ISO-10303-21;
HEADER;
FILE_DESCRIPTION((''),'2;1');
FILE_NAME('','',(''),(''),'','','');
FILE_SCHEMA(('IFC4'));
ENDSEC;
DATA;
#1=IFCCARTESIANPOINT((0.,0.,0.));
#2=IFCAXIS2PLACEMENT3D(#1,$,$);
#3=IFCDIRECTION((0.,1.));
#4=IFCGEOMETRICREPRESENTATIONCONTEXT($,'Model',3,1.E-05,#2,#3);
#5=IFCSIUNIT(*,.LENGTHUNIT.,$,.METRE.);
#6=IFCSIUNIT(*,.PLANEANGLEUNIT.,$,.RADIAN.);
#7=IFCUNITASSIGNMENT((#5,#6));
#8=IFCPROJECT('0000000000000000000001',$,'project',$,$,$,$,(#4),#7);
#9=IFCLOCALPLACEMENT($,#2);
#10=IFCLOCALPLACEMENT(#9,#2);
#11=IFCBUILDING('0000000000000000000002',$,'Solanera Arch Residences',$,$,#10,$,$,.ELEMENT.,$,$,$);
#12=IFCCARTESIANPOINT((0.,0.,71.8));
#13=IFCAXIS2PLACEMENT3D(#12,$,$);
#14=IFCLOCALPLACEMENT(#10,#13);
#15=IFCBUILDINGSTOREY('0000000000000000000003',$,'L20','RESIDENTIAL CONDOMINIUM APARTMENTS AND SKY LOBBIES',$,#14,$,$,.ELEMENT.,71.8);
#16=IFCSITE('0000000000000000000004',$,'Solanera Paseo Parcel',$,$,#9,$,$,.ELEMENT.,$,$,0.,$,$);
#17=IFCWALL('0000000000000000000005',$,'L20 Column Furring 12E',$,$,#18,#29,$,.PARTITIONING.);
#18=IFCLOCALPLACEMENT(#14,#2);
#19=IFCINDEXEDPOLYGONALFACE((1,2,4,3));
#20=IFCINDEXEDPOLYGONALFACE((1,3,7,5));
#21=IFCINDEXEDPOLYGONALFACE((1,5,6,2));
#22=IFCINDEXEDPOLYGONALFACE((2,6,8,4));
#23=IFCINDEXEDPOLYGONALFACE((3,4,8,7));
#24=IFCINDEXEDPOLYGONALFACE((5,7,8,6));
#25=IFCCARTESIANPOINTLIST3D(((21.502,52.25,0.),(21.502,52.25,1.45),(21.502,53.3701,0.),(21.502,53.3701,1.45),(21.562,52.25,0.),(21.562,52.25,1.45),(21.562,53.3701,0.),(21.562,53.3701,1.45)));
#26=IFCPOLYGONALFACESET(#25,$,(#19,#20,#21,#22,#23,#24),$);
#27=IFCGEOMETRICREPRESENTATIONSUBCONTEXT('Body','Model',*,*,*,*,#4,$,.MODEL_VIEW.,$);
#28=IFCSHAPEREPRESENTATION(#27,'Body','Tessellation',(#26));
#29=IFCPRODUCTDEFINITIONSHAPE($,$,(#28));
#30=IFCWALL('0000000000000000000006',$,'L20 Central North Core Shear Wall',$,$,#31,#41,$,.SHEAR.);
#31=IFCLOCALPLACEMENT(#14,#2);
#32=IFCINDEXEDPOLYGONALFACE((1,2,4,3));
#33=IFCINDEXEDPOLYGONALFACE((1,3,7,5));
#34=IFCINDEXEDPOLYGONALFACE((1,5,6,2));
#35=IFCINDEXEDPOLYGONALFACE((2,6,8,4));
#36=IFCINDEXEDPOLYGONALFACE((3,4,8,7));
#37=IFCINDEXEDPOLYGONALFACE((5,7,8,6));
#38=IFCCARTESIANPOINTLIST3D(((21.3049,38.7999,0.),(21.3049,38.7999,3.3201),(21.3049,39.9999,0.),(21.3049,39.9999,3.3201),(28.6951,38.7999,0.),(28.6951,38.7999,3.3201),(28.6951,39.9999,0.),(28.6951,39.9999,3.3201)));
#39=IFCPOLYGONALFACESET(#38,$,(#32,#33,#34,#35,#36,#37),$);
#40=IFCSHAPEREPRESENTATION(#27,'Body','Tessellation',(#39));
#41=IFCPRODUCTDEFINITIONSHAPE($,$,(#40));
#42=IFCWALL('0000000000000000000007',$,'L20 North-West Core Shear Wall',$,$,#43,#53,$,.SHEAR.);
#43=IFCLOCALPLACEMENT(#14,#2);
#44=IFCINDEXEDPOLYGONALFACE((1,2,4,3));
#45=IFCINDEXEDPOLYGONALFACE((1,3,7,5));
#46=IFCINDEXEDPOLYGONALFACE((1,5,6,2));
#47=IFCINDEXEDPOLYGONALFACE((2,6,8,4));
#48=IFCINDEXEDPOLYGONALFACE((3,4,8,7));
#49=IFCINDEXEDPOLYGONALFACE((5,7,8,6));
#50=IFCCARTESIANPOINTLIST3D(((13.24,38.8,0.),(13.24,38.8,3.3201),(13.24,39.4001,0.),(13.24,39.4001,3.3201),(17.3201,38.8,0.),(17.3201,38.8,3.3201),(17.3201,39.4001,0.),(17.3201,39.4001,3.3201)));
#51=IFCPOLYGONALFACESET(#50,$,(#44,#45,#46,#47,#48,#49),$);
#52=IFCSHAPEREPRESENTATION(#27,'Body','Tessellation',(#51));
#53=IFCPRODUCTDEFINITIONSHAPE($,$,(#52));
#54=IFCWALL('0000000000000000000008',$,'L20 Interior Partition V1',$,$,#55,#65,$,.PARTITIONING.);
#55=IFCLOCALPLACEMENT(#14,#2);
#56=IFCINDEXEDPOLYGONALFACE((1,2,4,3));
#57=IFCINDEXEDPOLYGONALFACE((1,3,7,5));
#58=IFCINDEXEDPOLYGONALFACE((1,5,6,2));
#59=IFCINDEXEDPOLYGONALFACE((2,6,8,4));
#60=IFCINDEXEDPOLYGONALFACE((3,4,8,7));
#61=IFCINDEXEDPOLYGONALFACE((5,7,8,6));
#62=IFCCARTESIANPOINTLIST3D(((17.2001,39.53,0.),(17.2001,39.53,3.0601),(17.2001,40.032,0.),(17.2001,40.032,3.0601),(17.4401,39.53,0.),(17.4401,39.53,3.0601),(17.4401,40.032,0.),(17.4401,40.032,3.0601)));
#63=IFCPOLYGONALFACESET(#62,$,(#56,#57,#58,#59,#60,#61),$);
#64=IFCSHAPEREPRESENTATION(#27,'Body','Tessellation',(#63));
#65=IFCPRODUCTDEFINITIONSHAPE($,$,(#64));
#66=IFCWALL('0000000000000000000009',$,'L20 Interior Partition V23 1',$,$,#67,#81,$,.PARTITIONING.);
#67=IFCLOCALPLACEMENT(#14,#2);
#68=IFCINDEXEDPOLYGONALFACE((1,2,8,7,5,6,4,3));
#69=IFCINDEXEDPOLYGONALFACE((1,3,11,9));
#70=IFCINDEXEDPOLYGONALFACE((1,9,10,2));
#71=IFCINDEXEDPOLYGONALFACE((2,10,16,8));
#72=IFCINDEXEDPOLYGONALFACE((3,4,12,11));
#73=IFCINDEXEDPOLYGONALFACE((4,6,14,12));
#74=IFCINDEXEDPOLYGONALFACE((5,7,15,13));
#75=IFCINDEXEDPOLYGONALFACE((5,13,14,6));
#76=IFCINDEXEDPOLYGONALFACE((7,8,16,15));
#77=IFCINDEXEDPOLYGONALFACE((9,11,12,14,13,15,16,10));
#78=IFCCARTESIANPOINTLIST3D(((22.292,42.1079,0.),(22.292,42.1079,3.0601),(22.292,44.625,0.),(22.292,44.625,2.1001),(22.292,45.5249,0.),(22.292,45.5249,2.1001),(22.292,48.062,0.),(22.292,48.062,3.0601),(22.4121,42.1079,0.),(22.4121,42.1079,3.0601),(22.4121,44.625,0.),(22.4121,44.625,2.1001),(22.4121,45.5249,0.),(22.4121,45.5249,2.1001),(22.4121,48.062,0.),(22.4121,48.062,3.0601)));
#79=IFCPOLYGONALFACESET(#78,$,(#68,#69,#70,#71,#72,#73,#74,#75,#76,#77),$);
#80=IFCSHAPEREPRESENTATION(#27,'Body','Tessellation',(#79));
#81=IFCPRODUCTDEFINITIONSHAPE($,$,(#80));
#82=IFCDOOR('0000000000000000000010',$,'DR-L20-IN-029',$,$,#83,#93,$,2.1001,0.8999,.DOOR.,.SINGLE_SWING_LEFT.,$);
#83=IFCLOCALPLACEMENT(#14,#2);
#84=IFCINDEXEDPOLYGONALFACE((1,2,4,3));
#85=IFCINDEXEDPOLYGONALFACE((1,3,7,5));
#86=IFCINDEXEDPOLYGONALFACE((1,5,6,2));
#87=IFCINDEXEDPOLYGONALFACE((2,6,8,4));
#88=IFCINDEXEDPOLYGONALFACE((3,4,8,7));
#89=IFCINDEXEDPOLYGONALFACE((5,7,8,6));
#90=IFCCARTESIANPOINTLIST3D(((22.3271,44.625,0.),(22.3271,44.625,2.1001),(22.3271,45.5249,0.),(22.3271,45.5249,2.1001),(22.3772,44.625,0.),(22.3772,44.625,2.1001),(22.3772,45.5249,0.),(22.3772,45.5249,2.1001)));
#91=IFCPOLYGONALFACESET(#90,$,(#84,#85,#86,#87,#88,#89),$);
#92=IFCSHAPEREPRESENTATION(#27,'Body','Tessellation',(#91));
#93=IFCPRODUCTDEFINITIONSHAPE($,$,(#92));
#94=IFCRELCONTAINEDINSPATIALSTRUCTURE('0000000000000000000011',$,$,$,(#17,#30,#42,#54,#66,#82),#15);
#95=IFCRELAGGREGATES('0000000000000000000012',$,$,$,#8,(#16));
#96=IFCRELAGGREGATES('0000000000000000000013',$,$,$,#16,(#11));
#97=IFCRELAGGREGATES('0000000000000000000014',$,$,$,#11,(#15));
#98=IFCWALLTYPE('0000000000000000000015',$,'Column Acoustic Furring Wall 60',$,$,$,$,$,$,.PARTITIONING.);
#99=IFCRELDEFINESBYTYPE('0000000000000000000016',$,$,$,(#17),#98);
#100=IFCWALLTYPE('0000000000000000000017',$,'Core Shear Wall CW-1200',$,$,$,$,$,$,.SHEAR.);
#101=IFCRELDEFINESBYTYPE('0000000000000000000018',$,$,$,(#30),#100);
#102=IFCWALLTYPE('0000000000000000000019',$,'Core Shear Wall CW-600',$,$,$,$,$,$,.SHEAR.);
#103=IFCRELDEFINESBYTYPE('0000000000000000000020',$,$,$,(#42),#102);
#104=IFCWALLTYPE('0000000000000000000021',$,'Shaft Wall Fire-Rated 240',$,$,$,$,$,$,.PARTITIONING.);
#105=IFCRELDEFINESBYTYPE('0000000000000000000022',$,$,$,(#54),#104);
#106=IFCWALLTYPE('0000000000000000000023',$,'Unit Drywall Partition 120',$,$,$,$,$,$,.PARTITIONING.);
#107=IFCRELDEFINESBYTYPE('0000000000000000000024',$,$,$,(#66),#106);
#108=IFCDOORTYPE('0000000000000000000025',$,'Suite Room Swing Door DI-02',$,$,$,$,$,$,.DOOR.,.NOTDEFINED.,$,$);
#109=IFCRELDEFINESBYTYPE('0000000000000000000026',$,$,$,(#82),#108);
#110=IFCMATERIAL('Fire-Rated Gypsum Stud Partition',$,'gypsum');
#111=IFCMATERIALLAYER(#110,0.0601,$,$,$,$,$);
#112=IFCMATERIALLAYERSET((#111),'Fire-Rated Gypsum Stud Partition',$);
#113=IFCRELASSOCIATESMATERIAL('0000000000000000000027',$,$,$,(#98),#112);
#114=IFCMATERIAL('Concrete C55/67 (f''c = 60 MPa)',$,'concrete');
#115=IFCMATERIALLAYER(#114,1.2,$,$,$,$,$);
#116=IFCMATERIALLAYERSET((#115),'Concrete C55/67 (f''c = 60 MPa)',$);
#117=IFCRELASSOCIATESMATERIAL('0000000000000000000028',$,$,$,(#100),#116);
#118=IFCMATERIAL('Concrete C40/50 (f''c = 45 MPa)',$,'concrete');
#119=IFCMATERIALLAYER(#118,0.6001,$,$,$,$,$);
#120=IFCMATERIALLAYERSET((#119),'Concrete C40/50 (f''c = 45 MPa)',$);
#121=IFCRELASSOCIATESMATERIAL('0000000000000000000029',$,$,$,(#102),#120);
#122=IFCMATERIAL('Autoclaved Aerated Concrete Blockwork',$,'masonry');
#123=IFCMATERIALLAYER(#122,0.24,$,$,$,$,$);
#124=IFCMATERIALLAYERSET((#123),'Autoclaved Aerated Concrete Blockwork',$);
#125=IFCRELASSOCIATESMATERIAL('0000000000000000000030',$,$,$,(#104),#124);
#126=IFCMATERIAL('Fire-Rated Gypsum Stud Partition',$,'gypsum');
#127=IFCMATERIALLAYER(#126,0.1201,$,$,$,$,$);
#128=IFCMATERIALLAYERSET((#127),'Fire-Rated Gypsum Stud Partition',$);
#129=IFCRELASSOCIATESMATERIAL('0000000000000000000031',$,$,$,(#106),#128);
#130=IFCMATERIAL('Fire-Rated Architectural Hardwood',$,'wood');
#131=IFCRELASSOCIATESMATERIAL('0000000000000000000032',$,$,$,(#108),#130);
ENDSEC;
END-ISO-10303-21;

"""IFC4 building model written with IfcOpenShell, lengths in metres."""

from ifc_helpers import new_model, si_unit, direction, frame, frame_2d, origin, place, context, subcontext, project, spatial, rectangle, extrude, material, layer, layer_set, type_object, element, fill, save


model = new_model("IFC4")

# Units and contexts
model_context = context("Model", 3, precision=1e-05, world=origin(), true_north=direction((0.0, 1.0)))
body_context = subcontext(model_context, "Body", "Model", "MODEL_VIEW")
ifc_project = project(units=[si_unit("LENGTHUNIT", "METRE"), si_unit("PLANEANGLEUNIT", "RADIAN")], contexts=[model_context])

# Site, building, storey
site_placement = place(None, origin())
site = spatial("IfcSite", under=ifc_project, at=site_placement, Name="Solanera Paseo Parcel", CompositionType="ELEMENT", RefElevation=0.0)
building_placement = place(site_placement, origin())
building = spatial("IfcBuilding", under=site, at=building_placement, Name="Solanera Arch Residences", CompositionType="ELEMENT")
storey_placement = place(building_placement, frame((0.0, 0.0, 71.8)))
storey = spatial("IfcBuildingStorey", under=building, at=storey_placement, Name="L20", Description="RESIDENTIAL CONDOMINIUM APARTMENTS AND SKY LOBBIES", CompositionType="ELEMENT", Elevation=71.8)

# Walls
ifc_material_1 = material(Name="Fire-Rated Gypsum Stud Partition", Category="gypsum")
ifc_layer_1 = layer(ifc_material_1, 0.0601)
ifc_layer_set_1 = layer_set([ifc_layer_1], Name="Fire-Rated Gypsum Stud Partition")
wall_type_1 = type_object("IfcWallType", Name="Column Acoustic Furring Wall 60", PredefinedType="PARTITIONING", material=ifc_layer_set_1)
for number, where, z_axis, x_axis, name in (
    (1, (21.532, 52.25, 0.0), (0.0, 0.0, 1.0), (0.0, 1.0, 0.0), "L20 Column Furring 12E"),
):
    element("IfcWall", number, at=place(storey_placement, frame(where, z_axis=z_axis, x_axis=x_axis)), inside=storey, type_object=wall_type_1, Name=name, PredefinedType="PARTITIONING", context=body_context, shape_type="SweptSolid", body=[
        extrude(rectangle(XDim=1.1201, YDim=0.0601, at=frame_2d((0.5601, 0.0))), origin(), (0.0, 0.0, 1.0), 1.45),
    ])
ifc_material_2 = material(Name="Concrete C55/67 (f'c = 60 MPa)", Category="concrete")
ifc_layer_2 = layer(ifc_material_2, 1.2)
ifc_layer_set_2 = layer_set([ifc_layer_2], Name="Concrete C55/67 (f'c = 60 MPa)")
wall_type_2 = type_object("IfcWallType", Name="Core Shear Wall CW-1200", PredefinedType="SHEAR", material=ifc_layer_set_2)
wall_1_placement = place(storey_placement, frame((21.3049, 39.3999, 0.0), z_axis=(0.0, 0.0, 1.0), x_axis=(1.0, 0.0, 0.0)))
element("IfcWall", 2, at=wall_1_placement, inside=storey, type_object=wall_type_2, Name="L20 Central North Core Shear Wall", PredefinedType="SHEAR", context=body_context, shape_type="SweptSolid", body=[
    extrude(rectangle(XDim=7.3901, YDim=1.2, at=frame_2d((3.6951, 0.0))), origin(), (0.0, 0.0, 1.0), 3.3201),
])
ifc_material_3 = material(Name="Concrete C40/50 (f'c = 45 MPa)", Category="concrete")
ifc_layer_3 = layer(ifc_material_3, 0.6001)
ifc_layer_set_3 = layer_set([ifc_layer_3], Name="Concrete C40/50 (f'c = 45 MPa)")
wall_type_3 = type_object("IfcWallType", Name="Core Shear Wall CW-600", PredefinedType="SHEAR", material=ifc_layer_set_3)
wall_2_placement = place(storey_placement, frame((13.24, 39.1001, 0.0), z_axis=(0.0, 0.0, 1.0), x_axis=(1.0, 0.0, 0.0)))
element("IfcWall", 3, at=wall_2_placement, inside=storey, type_object=wall_type_3, Name="L20 North-West Core Shear Wall", PredefinedType="SHEAR", context=body_context, shape_type="SweptSolid", body=[
    extrude(rectangle(XDim=4.0801, YDim=0.6001, at=frame_2d((2.04, 0.0))), origin(), (0.0, 0.0, 1.0), 3.3201),
])
ifc_material_4 = material(Name="Autoclaved Aerated Concrete Blockwork", Category="masonry")
ifc_layer_4 = layer(ifc_material_4, 0.24)
ifc_layer_set_4 = layer_set([ifc_layer_4], Name="Autoclaved Aerated Concrete Blockwork")
wall_type_4 = type_object("IfcWallType", Name="Shaft Wall Fire-Rated 240", PredefinedType="PARTITIONING", material=ifc_layer_set_4)
wall_3_placement = place(storey_placement, frame((17.3201, 39.53, 0.0), z_axis=(0.0, 0.0, 1.0), x_axis=(0.0, 1.0, 0.0)))
element("IfcWall", 4, at=wall_3_placement, inside=storey, type_object=wall_type_4, Name="L20 Interior Partition V1", PredefinedType="PARTITIONING", context=body_context, shape_type="SweptSolid", body=[
    extrude(rectangle(XDim=0.502, YDim=0.24, at=frame_2d((0.251, 0.0))), origin(), (0.0, 0.0, 1.0), 3.0601),
])

# Wall, opening, door
ifc_material_5 = material(Name="Fire-Rated Gypsum Stud Partition", Category="gypsum")
ifc_layer_5 = layer(ifc_material_5, 0.1201)
ifc_layer_set_5 = layer_set([ifc_layer_5], Name="Fire-Rated Gypsum Stud Partition")
wall_type_5 = type_object("IfcWallType", Name="Unit Drywall Partition 120", PredefinedType="PARTITIONING", material=ifc_layer_set_5)
wall_4_placement = place(storey_placement, frame((22.3521, 42.1079, 0.0), z_axis=(0.0, 0.0, 1.0), x_axis=(0.0, 1.0, 0.0)))
wall_4 = element("IfcWall", 5, at=wall_4_placement, inside=storey, type_object=wall_type_5, Name="L20 Interior Partition V23 1", PredefinedType="PARTITIONING", context=body_context, shape_type="SweptSolid", body=[
    extrude(rectangle(XDim=5.9541, YDim=0.1201, at=frame_2d((2.9771, 0.0))), origin(), (0.0, 0.0, 1.0), 3.0601),
])
opening_placement = place(wall_4_placement, frame((2.5171, 0.0, 0.0)))
opening = element("IfcOpeningElement", 6, at=opening_placement, cuts=wall_4, PredefinedType="OPENING", context=body_context, shape_type="SweptSolid", body=[
    extrude(rectangle(XDim=0.8999, YDim=2.1001, at=frame_2d((0.45, 1.05))), frame((0.0, 0.0701, 0.0), z_axis=(0.0, -1.0, 0.0), x_axis=(1.0, 0.0, 0.0)), (0.0, 0.0, 1.0), 0.1401),
])
ifc_material_6 = material(Name="Fire-Rated Architectural Hardwood", Category="wood")
door_type = type_object("IfcDoorType", Name="Suite Room Swing Door DI-02", OperationType="NOTDEFINED", PredefinedType="DOOR", material=ifc_material_6)
door_placement = place(opening_placement, origin())
door = element("IfcDoor", 7, at=door_placement, inside=storey, type_object=door_type, Name="DR-L20-IN-029", OperationType="SINGLE_SWING_LEFT", OverallHeight=2.1001, OverallWidth=0.8999, PredefinedType="DOOR", context=body_context, shape_type="SweptSolid", body=[
    extrude(rectangle(XDim=0.8999, YDim=2.1001, at=frame_2d((0.45, 1.05))), frame((0.0, 0.0249, 0.0), z_axis=(0.0, -1.0, 0.0), x_axis=(1.0, 0.0, 0.0)), (0.0, 0.0, 1.0), 0.05),
])
fill(opening, door)

save(model, "model.ifc")
